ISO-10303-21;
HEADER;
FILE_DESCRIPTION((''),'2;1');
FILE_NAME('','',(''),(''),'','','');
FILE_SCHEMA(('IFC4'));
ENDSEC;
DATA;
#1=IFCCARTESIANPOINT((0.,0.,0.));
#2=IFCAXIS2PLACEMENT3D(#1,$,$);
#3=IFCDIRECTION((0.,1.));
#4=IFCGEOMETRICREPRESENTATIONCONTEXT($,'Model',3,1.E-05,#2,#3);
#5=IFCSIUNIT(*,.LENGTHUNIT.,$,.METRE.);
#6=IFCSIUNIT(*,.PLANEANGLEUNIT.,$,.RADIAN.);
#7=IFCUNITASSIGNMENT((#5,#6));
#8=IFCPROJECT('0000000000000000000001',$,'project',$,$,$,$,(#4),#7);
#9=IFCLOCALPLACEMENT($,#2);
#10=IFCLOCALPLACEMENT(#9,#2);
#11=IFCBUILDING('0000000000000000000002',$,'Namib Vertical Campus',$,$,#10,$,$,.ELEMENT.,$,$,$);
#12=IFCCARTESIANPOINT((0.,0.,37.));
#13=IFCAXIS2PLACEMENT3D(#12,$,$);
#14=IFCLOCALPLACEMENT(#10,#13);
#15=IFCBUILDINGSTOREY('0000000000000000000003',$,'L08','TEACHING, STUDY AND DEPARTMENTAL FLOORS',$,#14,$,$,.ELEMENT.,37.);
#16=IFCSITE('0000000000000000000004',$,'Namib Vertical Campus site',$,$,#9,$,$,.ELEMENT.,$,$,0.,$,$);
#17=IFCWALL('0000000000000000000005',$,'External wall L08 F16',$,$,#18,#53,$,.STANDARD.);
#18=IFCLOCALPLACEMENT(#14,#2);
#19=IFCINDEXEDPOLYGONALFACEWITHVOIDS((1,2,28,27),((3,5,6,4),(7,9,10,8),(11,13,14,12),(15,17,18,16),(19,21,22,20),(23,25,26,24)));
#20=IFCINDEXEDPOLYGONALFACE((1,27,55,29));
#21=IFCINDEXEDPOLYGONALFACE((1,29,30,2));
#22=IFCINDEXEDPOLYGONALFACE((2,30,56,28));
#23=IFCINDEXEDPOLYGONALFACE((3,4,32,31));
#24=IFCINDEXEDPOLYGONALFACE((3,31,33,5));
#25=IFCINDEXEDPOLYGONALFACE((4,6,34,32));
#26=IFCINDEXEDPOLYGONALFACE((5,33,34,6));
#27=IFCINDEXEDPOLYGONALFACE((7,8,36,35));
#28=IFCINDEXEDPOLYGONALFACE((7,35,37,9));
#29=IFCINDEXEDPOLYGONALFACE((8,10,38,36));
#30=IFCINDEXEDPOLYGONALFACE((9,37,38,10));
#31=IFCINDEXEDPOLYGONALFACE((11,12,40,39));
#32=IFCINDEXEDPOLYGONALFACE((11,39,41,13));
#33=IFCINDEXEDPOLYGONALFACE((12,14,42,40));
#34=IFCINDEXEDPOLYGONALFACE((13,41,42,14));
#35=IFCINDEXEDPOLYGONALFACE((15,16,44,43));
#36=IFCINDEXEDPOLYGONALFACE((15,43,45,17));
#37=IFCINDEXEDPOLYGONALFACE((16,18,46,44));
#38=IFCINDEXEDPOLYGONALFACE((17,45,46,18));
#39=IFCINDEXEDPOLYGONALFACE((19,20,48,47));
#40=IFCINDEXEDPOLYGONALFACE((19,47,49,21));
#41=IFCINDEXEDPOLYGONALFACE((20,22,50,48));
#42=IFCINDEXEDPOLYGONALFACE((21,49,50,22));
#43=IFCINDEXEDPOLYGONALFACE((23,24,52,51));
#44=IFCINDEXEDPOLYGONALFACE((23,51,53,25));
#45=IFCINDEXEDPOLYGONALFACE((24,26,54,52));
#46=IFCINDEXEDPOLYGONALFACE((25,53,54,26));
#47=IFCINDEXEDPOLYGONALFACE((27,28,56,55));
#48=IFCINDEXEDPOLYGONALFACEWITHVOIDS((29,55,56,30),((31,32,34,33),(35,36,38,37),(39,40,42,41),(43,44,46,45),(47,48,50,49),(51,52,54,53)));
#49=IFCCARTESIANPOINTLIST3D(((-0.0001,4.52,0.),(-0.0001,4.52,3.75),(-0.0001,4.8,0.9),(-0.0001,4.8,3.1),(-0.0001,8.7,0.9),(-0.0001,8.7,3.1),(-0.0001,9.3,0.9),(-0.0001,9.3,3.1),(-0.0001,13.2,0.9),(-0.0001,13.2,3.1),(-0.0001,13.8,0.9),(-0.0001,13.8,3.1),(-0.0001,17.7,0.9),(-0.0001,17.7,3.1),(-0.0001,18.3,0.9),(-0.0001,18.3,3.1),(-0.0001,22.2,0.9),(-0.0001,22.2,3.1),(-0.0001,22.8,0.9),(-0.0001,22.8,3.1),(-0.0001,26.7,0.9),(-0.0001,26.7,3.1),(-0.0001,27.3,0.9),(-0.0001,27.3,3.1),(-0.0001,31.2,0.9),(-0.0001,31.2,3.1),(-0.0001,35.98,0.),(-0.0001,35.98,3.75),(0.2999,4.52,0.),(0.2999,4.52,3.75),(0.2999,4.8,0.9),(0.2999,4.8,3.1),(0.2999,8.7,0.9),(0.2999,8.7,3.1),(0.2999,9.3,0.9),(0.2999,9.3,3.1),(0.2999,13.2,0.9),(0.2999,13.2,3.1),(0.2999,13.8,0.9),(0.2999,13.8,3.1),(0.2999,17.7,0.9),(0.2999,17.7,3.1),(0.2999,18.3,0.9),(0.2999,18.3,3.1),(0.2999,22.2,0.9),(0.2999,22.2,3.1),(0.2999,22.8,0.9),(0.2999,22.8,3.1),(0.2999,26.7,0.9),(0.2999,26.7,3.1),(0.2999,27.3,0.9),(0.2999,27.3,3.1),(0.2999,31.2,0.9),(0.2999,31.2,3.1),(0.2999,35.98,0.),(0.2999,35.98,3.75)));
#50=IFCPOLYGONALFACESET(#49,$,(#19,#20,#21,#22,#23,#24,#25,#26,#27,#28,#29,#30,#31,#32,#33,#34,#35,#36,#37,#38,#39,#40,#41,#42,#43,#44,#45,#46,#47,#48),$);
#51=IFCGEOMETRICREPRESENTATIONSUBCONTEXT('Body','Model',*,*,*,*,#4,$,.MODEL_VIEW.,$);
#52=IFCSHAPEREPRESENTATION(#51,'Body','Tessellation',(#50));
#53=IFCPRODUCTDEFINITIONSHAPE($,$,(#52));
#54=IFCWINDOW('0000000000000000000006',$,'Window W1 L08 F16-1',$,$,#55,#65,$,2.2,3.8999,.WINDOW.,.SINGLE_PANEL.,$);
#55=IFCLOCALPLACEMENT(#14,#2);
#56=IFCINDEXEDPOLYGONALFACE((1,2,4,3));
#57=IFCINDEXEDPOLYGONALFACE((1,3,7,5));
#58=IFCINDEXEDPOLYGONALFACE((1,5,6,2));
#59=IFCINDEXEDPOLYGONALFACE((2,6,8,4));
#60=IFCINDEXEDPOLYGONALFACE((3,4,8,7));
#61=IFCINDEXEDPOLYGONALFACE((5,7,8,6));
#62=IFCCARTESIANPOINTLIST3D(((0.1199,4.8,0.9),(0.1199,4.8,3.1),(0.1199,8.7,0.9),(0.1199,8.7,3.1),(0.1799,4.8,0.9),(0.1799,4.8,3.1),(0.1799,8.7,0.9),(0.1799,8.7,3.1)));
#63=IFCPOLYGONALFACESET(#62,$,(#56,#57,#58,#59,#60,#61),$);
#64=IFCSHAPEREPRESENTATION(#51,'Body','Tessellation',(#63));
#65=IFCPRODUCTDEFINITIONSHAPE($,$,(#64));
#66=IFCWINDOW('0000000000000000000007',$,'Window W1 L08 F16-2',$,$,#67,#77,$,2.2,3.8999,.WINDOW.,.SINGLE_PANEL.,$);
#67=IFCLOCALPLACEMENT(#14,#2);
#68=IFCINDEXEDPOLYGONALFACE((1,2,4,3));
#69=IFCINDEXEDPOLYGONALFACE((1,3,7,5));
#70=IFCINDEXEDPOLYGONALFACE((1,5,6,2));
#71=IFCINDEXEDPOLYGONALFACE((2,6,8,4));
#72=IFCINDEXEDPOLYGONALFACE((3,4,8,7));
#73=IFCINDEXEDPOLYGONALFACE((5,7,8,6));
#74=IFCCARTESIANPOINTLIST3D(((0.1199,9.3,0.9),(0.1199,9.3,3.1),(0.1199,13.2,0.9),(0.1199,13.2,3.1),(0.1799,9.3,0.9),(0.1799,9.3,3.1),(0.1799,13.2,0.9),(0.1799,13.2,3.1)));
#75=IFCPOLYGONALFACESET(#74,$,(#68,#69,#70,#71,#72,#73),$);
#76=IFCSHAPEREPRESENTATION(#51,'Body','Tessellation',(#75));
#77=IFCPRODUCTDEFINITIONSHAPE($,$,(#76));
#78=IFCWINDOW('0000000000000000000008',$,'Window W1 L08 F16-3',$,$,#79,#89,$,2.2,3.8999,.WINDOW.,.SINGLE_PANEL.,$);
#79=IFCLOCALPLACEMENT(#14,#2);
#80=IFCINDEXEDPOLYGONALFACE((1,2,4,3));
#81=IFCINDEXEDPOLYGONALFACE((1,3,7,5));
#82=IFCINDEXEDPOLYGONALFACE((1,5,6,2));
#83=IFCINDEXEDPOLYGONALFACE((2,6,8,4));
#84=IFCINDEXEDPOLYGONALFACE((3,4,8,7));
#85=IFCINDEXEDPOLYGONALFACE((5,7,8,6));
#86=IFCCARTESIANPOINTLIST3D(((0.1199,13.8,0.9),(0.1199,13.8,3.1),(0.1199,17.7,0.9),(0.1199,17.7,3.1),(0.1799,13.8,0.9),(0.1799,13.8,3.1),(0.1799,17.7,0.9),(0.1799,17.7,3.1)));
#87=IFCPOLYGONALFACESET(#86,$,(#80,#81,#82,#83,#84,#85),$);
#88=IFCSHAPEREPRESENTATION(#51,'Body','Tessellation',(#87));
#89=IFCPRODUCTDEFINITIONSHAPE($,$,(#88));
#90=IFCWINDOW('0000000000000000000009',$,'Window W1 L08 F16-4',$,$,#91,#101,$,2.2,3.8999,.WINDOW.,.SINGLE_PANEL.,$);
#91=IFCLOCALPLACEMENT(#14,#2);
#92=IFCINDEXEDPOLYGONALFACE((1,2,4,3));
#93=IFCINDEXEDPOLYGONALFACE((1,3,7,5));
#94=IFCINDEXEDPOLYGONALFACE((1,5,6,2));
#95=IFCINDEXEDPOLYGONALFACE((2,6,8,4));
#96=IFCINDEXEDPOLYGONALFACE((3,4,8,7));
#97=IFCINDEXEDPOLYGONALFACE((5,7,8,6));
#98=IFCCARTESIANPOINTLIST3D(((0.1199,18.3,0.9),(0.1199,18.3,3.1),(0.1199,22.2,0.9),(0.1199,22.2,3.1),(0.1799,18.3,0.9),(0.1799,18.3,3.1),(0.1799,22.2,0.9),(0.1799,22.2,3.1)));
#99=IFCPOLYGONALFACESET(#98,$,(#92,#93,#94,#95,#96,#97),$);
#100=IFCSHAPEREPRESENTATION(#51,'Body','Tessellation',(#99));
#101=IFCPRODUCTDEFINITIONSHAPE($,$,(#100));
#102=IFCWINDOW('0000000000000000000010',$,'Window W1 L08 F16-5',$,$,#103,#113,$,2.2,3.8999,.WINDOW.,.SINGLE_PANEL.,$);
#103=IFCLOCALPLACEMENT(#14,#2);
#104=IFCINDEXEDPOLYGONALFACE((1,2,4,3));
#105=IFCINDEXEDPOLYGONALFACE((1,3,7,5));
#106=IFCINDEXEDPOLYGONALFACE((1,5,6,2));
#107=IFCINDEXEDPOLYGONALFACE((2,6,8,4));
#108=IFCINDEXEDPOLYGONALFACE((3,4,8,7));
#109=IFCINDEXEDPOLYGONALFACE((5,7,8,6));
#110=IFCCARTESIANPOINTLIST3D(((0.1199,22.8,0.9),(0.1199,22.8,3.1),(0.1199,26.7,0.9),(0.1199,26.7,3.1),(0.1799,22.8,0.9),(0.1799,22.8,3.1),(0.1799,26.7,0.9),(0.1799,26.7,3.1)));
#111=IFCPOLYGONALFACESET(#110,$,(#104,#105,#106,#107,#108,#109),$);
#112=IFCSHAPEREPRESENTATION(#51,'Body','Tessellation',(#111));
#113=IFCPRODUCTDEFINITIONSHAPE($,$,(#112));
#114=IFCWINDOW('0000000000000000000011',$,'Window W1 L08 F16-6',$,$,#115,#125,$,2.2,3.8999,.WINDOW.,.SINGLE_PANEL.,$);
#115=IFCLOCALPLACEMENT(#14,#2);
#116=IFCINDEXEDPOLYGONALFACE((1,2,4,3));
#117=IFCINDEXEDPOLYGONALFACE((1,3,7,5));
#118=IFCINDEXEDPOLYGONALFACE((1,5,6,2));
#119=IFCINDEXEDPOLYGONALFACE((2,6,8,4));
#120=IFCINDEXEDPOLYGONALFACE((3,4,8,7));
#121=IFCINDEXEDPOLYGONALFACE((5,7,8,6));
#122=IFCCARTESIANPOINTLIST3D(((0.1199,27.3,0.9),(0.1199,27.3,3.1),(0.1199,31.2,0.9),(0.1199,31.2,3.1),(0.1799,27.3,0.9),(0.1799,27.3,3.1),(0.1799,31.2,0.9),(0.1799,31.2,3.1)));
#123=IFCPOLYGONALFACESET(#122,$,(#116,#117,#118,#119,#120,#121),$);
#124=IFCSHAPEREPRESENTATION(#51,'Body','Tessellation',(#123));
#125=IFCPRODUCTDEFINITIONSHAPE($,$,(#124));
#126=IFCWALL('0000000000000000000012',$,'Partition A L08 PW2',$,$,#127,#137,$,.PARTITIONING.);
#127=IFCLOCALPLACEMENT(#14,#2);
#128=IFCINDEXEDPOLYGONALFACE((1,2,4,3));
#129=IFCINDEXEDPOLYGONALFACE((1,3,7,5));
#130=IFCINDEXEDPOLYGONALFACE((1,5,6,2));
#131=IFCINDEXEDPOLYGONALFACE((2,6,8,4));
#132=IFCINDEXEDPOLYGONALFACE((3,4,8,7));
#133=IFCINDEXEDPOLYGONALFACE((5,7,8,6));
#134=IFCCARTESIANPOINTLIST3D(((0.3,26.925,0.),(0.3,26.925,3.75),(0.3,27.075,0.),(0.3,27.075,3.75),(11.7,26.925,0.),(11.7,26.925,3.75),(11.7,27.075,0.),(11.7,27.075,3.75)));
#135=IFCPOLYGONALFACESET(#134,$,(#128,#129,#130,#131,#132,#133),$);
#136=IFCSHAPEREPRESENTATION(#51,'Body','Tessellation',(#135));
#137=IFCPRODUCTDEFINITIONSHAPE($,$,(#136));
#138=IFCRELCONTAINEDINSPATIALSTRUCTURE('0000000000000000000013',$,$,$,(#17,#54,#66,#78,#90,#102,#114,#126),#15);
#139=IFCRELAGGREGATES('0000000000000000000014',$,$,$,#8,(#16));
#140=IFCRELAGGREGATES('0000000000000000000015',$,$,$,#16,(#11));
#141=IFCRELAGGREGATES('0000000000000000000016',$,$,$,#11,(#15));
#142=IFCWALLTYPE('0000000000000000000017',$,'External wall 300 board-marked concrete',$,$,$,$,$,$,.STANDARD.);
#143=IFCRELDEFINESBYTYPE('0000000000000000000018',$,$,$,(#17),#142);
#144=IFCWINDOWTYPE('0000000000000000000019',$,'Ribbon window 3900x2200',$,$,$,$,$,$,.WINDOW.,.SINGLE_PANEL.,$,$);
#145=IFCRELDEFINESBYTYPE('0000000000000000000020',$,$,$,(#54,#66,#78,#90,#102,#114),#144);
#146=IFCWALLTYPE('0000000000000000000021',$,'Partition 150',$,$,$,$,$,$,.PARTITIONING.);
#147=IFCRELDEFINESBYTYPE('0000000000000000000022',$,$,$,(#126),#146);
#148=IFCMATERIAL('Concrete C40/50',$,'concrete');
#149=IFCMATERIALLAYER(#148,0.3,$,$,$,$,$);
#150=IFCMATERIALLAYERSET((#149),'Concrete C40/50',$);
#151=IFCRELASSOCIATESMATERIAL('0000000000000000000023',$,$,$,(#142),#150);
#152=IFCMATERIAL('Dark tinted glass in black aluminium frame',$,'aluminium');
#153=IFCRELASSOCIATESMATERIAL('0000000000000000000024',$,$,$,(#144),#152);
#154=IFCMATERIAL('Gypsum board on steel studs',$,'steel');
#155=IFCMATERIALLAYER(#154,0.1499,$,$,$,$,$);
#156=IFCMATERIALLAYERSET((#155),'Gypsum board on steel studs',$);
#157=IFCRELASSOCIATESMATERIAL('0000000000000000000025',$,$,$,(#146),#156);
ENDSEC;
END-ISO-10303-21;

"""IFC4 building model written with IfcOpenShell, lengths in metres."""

from ifc_helpers import new_model, si_unit, direction, frame, frame_2d, origin, place, context, subcontext, project, spatial, rectangle, extrude, material, layer, layer_set, type_object, element, fill, save


model = new_model("IFC4")

# Units and contexts
model_context = context("Model", 3, precision=1e-05, world=origin(), true_north=direction((0.0, 1.0)))
body_context = subcontext(model_context, "Body", "Model", "MODEL_VIEW")
ifc_project = project(units=[si_unit("LENGTHUNIT", "METRE"), si_unit("PLANEANGLEUNIT", "RADIAN")], contexts=[model_context])

# Site, building, storey
site_placement = place(None, origin())
site = spatial("IfcSite", under=ifc_project, at=site_placement, Name="Namib Vertical Campus site", CompositionType="ELEMENT", RefElevation=0.0)
building_placement = place(site_placement, origin())
building = spatial("IfcBuilding", under=site, at=building_placement, Name="Namib Vertical Campus", CompositionType="ELEMENT")
storey_placement = place(building_placement, frame((0.0, 0.0, 37.0)))
storey = spatial("IfcBuildingStorey", under=building, at=storey_placement, Name="L08", Description="TEACHING, STUDY AND DEPARTMENTAL FLOORS", CompositionType="ELEMENT", Elevation=37.0)

# Shared definitions
ifc_material_1 = material(Name="Concrete C40/50", Category="concrete")
ifc_layer_1 = layer(ifc_material_1, 0.3)
ifc_layer_set_1 = layer_set([ifc_layer_1], Name="Concrete C40/50")
wall_type_1 = type_object("IfcWallType", Name="External wall 300 board-marked concrete", PredefinedType="STANDARD", material=ifc_layer_set_1)

# Wall, openings, windows
wall_1_placement = place(storey_placement, frame((0.1499, 35.98, 0.0), z_axis=(0.0, 0.0, 1.0), x_axis=(0.0, -1.0, 0.0)))
wall_1 = element("IfcWall", 1, at=wall_1_placement, inside=storey, type_object=wall_type_1, Name="External wall L08 F16", PredefinedType="STANDARD", context=body_context, shape_type="SweptSolid", body=[
    extrude(rectangle(XDim=31.46, YDim=0.3, at=frame_2d((15.73, 0.0))), origin(), (0.0, 0.0, 1.0), 3.75),
])
opening_1_placement = place(wall_1_placement, frame((27.28, 0.0, 0.8999)))
opening_1 = element("IfcOpeningElement", 2, at=opening_1_placement, cuts=wall_1, PredefinedType="OPENING", context=body_context, shape_type="SweptSolid", body=[
    extrude(rectangle(XDim=3.8999, YDim=2.2, at=frame_2d((1.95, 1.1001))), frame((0.0, 0.1599, 0.0), z_axis=(0.0, -1.0, 0.0), x_axis=(1.0, 0.0, 0.0)), (0.0, 0.0, 1.0), 0.3201),
])
opening_2_placement = place(wall_1_placement, frame((22.78, 0.0, 0.8999)))
opening_2 = element("IfcOpeningElement", 3, at=opening_2_placement, cuts=wall_1, PredefinedType="OPENING", context=body_context, shape_type="SweptSolid", body=[
    extrude(rectangle(XDim=3.8999, YDim=2.2, at=frame_2d((1.95, 1.1001))), frame((0.0, 0.1599, 0.0), z_axis=(0.0, -1.0, 0.0), x_axis=(1.0, 0.0, 0.0)), (0.0, 0.0, 1.0), 0.3201),
])
opening_3_placement = place(wall_1_placement, frame((18.28, 0.0, 0.8999)))
opening_3 = element("IfcOpeningElement", 4, at=opening_3_placement, cuts=wall_1, PredefinedType="OPENING", context=body_context, shape_type="SweptSolid", body=[
    extrude(rectangle(XDim=3.8999, YDim=2.2, at=frame_2d((1.95, 1.1001))), frame((0.0, 0.1599, 0.0), z_axis=(0.0, -1.0, 0.0), x_axis=(1.0, 0.0, 0.0)), (0.0, 0.0, 1.0), 0.3201),
])
opening_4_placement = place(wall_1_placement, frame((13.78, 0.0, 0.8999)))
opening_4 = element("IfcOpeningElement", 5, at=opening_4_placement, cuts=wall_1, PredefinedType="OPENING", context=body_context, shape_type="SweptSolid", body=[
    extrude(rectangle(XDim=3.8999, YDim=2.2, at=frame_2d((1.95, 1.1001))), frame((0.0, 0.1599, 0.0), z_axis=(0.0, -1.0, 0.0), x_axis=(1.0, 0.0, 0.0)), (0.0, 0.0, 1.0), 0.3201),
])
opening_5_placement = place(wall_1_placement, frame((9.28, 0.0, 0.8999)))
opening_5 = element("IfcOpeningElement", 6, at=opening_5_placement, cuts=wall_1, PredefinedType="OPENING", context=body_context, shape_type="SweptSolid", body=[
    extrude(rectangle(XDim=3.8999, YDim=2.2, at=frame_2d((1.95, 1.1001))), frame((0.0, 0.1599, 0.0), z_axis=(0.0, -1.0, 0.0), x_axis=(1.0, 0.0, 0.0)), (0.0, 0.0, 1.0), 0.3201),
])
opening_6_placement = place(wall_1_placement, frame((4.78, 0.0, 0.8999)))
opening_6 = element("IfcOpeningElement", 7, at=opening_6_placement, cuts=wall_1, PredefinedType="OPENING", context=body_context, shape_type="SweptSolid", body=[
    extrude(rectangle(XDim=3.8999, YDim=2.2, at=frame_2d((1.95, 1.1001))), frame((0.0, 0.1599, 0.0), z_axis=(0.0, -1.0, 0.0), x_axis=(1.0, 0.0, 0.0)), (0.0, 0.0, 1.0), 0.3201),
])
ifc_material_2 = material(Name="Dark tinted glass in black aluminium frame", Category="aluminium")
window_type = type_object("IfcWindowType", Name="Ribbon window 3900x2200", PartitioningType="SINGLE_PANEL", PredefinedType="WINDOW", material=ifc_material_2)
window_1_placement = place(opening_1_placement, origin())
window_1 = element("IfcWindow", 8, at=window_1_placement, inside=storey, type_object=window_type, Name="Window W1 L08 F16-1", OverallHeight=2.2, OverallWidth=3.8999, PartitioningType="SINGLE_PANEL", PredefinedType="WINDOW", context=body_context, shape_type="SweptSolid", body=[
    extrude(rectangle(XDim=3.8999, YDim=2.2, at=frame_2d((1.95, 1.1001))), frame((0.0, 0.03, 0.0), z_axis=(0.0, -1.0, 0.0), x_axis=(1.0, 0.0, 0.0)), (0.0, 0.0, 1.0), 0.0601),
])
fill(opening_1, window_1)
window_2_placement = place(opening_2_placement, origin())
window_2 = element("IfcWindow", 9, at=window_2_placement, inside=storey, type_object=window_type, Name="Window W1 L08 F16-2", OverallHeight=2.2, OverallWidth=3.8999, PartitioningType="SINGLE_PANEL", PredefinedType="WINDOW", context=body_context, shape_type="SweptSolid", body=[
    extrude(rectangle(XDim=3.8999, YDim=2.2, at=frame_2d((1.95, 1.1001))), frame((0.0, 0.03, 0.0), z_axis=(0.0, -1.0, 0.0), x_axis=(1.0, 0.0, 0.0)), (0.0, 0.0, 1.0), 0.0601),
])
fill(opening_2, window_2)
window_3_placement = place(opening_3_placement, origin())
window_3 = element("IfcWindow", 10, at=window_3_placement, inside=storey, type_object=window_type, Name="Window W1 L08 F16-3", OverallHeight=2.2, OverallWidth=3.8999, PartitioningType="SINGLE_PANEL", PredefinedType="WINDOW", context=body_context, shape_type="SweptSolid", body=[
    extrude(rectangle(XDim=3.8999, YDim=2.2, at=frame_2d((1.95, 1.1001))), frame((0.0, 0.03, 0.0), z_axis=(0.0, -1.0, 0.0), x_axis=(1.0, 0.0, 0.0)), (0.0, 0.0, 1.0), 0.0601),
])
fill(opening_3, window_3)
window_4_placement = place(opening_4_placement, origin())
window_4 = element("IfcWindow", 11, at=window_4_placement, inside=storey, type_object=window_type, Name="Window W1 L08 F16-4", OverallHeight=2.2, OverallWidth=3.8999, PartitioningType="SINGLE_PANEL", PredefinedType="WINDOW", context=body_context, shape_type="SweptSolid", body=[
    extrude(rectangle(XDim=3.8999, YDim=2.2, at=frame_2d((1.95, 1.1001))), frame((0.0, 0.03, 0.0), z_axis=(0.0, -1.0, 0.0), x_axis=(1.0, 0.0, 0.0)), (0.0, 0.0, 1.0), 0.0601),
])
fill(opening_4, window_4)
window_5_placement = place(opening_5_placement, origin())
window_5 = element("IfcWindow", 12, at=window_5_placement, inside=storey, type_object=window_type, Name="Window W1 L08 F16-5", OverallHeight=2.2, OverallWidth=3.8999, PartitioningType="SINGLE_PANEL", PredefinedType="WINDOW", context=body_context, shape_type="SweptSolid", body=[
    extrude(rectangle(XDim=3.8999, YDim=2.2, at=frame_2d((1.95, 1.1001))), frame((0.0, 0.03, 0.0), z_axis=(0.0, -1.0, 0.0), x_axis=(1.0, 0.0, 0.0)), (0.0, 0.0, 1.0), 0.0601),
])
fill(opening_5, window_5)
window_6_placement = place(opening_6_placement, origin())
window_6 = element("IfcWindow", 13, at=window_6_placement, inside=storey, type_object=window_type, Name="Window W1 L08 F16-6", OverallHeight=2.2, OverallWidth=3.8999, PartitioningType="SINGLE_PANEL", PredefinedType="WINDOW", context=body_context, shape_type="SweptSolid", body=[
    extrude(rectangle(XDim=3.8999, YDim=2.2, at=frame_2d((1.95, 1.1001))), frame((0.0, 0.03, 0.0), z_axis=(0.0, -1.0, 0.0), x_axis=(1.0, 0.0, 0.0)), (0.0, 0.0, 1.0), 0.0601),
])
fill(opening_6, window_6)

# Wall
ifc_material_3 = material(Name="Gypsum board on steel studs", Category="steel")
ifc_layer_2 = layer(ifc_material_3, 0.1499)
ifc_layer_set_2 = layer_set([ifc_layer_2], Name="Gypsum board on steel studs")
wall_type_2 = type_object("IfcWallType", Name="Partition 150", PredefinedType="PARTITIONING", material=ifc_layer_set_2)
wall_2_placement = place(storey_placement, frame((0.3, 27.0, 0.0), z_axis=(0.0, 0.0, 1.0), x_axis=(1.0, 0.0, 0.0)))
element("IfcWall", 14, at=wall_2_placement, inside=storey, type_object=wall_type_2, Name="Partition A L08 PW2", PredefinedType="PARTITIONING", context=body_context, shape_type="SweptSolid", body=[
    extrude(rectangle(XDim=11.3999, YDim=0.1499, at=frame_2d((5.7, 0.0))), origin(), (0.0, 0.0, 1.0), 3.75),
])

save(model, "model.ifc")
